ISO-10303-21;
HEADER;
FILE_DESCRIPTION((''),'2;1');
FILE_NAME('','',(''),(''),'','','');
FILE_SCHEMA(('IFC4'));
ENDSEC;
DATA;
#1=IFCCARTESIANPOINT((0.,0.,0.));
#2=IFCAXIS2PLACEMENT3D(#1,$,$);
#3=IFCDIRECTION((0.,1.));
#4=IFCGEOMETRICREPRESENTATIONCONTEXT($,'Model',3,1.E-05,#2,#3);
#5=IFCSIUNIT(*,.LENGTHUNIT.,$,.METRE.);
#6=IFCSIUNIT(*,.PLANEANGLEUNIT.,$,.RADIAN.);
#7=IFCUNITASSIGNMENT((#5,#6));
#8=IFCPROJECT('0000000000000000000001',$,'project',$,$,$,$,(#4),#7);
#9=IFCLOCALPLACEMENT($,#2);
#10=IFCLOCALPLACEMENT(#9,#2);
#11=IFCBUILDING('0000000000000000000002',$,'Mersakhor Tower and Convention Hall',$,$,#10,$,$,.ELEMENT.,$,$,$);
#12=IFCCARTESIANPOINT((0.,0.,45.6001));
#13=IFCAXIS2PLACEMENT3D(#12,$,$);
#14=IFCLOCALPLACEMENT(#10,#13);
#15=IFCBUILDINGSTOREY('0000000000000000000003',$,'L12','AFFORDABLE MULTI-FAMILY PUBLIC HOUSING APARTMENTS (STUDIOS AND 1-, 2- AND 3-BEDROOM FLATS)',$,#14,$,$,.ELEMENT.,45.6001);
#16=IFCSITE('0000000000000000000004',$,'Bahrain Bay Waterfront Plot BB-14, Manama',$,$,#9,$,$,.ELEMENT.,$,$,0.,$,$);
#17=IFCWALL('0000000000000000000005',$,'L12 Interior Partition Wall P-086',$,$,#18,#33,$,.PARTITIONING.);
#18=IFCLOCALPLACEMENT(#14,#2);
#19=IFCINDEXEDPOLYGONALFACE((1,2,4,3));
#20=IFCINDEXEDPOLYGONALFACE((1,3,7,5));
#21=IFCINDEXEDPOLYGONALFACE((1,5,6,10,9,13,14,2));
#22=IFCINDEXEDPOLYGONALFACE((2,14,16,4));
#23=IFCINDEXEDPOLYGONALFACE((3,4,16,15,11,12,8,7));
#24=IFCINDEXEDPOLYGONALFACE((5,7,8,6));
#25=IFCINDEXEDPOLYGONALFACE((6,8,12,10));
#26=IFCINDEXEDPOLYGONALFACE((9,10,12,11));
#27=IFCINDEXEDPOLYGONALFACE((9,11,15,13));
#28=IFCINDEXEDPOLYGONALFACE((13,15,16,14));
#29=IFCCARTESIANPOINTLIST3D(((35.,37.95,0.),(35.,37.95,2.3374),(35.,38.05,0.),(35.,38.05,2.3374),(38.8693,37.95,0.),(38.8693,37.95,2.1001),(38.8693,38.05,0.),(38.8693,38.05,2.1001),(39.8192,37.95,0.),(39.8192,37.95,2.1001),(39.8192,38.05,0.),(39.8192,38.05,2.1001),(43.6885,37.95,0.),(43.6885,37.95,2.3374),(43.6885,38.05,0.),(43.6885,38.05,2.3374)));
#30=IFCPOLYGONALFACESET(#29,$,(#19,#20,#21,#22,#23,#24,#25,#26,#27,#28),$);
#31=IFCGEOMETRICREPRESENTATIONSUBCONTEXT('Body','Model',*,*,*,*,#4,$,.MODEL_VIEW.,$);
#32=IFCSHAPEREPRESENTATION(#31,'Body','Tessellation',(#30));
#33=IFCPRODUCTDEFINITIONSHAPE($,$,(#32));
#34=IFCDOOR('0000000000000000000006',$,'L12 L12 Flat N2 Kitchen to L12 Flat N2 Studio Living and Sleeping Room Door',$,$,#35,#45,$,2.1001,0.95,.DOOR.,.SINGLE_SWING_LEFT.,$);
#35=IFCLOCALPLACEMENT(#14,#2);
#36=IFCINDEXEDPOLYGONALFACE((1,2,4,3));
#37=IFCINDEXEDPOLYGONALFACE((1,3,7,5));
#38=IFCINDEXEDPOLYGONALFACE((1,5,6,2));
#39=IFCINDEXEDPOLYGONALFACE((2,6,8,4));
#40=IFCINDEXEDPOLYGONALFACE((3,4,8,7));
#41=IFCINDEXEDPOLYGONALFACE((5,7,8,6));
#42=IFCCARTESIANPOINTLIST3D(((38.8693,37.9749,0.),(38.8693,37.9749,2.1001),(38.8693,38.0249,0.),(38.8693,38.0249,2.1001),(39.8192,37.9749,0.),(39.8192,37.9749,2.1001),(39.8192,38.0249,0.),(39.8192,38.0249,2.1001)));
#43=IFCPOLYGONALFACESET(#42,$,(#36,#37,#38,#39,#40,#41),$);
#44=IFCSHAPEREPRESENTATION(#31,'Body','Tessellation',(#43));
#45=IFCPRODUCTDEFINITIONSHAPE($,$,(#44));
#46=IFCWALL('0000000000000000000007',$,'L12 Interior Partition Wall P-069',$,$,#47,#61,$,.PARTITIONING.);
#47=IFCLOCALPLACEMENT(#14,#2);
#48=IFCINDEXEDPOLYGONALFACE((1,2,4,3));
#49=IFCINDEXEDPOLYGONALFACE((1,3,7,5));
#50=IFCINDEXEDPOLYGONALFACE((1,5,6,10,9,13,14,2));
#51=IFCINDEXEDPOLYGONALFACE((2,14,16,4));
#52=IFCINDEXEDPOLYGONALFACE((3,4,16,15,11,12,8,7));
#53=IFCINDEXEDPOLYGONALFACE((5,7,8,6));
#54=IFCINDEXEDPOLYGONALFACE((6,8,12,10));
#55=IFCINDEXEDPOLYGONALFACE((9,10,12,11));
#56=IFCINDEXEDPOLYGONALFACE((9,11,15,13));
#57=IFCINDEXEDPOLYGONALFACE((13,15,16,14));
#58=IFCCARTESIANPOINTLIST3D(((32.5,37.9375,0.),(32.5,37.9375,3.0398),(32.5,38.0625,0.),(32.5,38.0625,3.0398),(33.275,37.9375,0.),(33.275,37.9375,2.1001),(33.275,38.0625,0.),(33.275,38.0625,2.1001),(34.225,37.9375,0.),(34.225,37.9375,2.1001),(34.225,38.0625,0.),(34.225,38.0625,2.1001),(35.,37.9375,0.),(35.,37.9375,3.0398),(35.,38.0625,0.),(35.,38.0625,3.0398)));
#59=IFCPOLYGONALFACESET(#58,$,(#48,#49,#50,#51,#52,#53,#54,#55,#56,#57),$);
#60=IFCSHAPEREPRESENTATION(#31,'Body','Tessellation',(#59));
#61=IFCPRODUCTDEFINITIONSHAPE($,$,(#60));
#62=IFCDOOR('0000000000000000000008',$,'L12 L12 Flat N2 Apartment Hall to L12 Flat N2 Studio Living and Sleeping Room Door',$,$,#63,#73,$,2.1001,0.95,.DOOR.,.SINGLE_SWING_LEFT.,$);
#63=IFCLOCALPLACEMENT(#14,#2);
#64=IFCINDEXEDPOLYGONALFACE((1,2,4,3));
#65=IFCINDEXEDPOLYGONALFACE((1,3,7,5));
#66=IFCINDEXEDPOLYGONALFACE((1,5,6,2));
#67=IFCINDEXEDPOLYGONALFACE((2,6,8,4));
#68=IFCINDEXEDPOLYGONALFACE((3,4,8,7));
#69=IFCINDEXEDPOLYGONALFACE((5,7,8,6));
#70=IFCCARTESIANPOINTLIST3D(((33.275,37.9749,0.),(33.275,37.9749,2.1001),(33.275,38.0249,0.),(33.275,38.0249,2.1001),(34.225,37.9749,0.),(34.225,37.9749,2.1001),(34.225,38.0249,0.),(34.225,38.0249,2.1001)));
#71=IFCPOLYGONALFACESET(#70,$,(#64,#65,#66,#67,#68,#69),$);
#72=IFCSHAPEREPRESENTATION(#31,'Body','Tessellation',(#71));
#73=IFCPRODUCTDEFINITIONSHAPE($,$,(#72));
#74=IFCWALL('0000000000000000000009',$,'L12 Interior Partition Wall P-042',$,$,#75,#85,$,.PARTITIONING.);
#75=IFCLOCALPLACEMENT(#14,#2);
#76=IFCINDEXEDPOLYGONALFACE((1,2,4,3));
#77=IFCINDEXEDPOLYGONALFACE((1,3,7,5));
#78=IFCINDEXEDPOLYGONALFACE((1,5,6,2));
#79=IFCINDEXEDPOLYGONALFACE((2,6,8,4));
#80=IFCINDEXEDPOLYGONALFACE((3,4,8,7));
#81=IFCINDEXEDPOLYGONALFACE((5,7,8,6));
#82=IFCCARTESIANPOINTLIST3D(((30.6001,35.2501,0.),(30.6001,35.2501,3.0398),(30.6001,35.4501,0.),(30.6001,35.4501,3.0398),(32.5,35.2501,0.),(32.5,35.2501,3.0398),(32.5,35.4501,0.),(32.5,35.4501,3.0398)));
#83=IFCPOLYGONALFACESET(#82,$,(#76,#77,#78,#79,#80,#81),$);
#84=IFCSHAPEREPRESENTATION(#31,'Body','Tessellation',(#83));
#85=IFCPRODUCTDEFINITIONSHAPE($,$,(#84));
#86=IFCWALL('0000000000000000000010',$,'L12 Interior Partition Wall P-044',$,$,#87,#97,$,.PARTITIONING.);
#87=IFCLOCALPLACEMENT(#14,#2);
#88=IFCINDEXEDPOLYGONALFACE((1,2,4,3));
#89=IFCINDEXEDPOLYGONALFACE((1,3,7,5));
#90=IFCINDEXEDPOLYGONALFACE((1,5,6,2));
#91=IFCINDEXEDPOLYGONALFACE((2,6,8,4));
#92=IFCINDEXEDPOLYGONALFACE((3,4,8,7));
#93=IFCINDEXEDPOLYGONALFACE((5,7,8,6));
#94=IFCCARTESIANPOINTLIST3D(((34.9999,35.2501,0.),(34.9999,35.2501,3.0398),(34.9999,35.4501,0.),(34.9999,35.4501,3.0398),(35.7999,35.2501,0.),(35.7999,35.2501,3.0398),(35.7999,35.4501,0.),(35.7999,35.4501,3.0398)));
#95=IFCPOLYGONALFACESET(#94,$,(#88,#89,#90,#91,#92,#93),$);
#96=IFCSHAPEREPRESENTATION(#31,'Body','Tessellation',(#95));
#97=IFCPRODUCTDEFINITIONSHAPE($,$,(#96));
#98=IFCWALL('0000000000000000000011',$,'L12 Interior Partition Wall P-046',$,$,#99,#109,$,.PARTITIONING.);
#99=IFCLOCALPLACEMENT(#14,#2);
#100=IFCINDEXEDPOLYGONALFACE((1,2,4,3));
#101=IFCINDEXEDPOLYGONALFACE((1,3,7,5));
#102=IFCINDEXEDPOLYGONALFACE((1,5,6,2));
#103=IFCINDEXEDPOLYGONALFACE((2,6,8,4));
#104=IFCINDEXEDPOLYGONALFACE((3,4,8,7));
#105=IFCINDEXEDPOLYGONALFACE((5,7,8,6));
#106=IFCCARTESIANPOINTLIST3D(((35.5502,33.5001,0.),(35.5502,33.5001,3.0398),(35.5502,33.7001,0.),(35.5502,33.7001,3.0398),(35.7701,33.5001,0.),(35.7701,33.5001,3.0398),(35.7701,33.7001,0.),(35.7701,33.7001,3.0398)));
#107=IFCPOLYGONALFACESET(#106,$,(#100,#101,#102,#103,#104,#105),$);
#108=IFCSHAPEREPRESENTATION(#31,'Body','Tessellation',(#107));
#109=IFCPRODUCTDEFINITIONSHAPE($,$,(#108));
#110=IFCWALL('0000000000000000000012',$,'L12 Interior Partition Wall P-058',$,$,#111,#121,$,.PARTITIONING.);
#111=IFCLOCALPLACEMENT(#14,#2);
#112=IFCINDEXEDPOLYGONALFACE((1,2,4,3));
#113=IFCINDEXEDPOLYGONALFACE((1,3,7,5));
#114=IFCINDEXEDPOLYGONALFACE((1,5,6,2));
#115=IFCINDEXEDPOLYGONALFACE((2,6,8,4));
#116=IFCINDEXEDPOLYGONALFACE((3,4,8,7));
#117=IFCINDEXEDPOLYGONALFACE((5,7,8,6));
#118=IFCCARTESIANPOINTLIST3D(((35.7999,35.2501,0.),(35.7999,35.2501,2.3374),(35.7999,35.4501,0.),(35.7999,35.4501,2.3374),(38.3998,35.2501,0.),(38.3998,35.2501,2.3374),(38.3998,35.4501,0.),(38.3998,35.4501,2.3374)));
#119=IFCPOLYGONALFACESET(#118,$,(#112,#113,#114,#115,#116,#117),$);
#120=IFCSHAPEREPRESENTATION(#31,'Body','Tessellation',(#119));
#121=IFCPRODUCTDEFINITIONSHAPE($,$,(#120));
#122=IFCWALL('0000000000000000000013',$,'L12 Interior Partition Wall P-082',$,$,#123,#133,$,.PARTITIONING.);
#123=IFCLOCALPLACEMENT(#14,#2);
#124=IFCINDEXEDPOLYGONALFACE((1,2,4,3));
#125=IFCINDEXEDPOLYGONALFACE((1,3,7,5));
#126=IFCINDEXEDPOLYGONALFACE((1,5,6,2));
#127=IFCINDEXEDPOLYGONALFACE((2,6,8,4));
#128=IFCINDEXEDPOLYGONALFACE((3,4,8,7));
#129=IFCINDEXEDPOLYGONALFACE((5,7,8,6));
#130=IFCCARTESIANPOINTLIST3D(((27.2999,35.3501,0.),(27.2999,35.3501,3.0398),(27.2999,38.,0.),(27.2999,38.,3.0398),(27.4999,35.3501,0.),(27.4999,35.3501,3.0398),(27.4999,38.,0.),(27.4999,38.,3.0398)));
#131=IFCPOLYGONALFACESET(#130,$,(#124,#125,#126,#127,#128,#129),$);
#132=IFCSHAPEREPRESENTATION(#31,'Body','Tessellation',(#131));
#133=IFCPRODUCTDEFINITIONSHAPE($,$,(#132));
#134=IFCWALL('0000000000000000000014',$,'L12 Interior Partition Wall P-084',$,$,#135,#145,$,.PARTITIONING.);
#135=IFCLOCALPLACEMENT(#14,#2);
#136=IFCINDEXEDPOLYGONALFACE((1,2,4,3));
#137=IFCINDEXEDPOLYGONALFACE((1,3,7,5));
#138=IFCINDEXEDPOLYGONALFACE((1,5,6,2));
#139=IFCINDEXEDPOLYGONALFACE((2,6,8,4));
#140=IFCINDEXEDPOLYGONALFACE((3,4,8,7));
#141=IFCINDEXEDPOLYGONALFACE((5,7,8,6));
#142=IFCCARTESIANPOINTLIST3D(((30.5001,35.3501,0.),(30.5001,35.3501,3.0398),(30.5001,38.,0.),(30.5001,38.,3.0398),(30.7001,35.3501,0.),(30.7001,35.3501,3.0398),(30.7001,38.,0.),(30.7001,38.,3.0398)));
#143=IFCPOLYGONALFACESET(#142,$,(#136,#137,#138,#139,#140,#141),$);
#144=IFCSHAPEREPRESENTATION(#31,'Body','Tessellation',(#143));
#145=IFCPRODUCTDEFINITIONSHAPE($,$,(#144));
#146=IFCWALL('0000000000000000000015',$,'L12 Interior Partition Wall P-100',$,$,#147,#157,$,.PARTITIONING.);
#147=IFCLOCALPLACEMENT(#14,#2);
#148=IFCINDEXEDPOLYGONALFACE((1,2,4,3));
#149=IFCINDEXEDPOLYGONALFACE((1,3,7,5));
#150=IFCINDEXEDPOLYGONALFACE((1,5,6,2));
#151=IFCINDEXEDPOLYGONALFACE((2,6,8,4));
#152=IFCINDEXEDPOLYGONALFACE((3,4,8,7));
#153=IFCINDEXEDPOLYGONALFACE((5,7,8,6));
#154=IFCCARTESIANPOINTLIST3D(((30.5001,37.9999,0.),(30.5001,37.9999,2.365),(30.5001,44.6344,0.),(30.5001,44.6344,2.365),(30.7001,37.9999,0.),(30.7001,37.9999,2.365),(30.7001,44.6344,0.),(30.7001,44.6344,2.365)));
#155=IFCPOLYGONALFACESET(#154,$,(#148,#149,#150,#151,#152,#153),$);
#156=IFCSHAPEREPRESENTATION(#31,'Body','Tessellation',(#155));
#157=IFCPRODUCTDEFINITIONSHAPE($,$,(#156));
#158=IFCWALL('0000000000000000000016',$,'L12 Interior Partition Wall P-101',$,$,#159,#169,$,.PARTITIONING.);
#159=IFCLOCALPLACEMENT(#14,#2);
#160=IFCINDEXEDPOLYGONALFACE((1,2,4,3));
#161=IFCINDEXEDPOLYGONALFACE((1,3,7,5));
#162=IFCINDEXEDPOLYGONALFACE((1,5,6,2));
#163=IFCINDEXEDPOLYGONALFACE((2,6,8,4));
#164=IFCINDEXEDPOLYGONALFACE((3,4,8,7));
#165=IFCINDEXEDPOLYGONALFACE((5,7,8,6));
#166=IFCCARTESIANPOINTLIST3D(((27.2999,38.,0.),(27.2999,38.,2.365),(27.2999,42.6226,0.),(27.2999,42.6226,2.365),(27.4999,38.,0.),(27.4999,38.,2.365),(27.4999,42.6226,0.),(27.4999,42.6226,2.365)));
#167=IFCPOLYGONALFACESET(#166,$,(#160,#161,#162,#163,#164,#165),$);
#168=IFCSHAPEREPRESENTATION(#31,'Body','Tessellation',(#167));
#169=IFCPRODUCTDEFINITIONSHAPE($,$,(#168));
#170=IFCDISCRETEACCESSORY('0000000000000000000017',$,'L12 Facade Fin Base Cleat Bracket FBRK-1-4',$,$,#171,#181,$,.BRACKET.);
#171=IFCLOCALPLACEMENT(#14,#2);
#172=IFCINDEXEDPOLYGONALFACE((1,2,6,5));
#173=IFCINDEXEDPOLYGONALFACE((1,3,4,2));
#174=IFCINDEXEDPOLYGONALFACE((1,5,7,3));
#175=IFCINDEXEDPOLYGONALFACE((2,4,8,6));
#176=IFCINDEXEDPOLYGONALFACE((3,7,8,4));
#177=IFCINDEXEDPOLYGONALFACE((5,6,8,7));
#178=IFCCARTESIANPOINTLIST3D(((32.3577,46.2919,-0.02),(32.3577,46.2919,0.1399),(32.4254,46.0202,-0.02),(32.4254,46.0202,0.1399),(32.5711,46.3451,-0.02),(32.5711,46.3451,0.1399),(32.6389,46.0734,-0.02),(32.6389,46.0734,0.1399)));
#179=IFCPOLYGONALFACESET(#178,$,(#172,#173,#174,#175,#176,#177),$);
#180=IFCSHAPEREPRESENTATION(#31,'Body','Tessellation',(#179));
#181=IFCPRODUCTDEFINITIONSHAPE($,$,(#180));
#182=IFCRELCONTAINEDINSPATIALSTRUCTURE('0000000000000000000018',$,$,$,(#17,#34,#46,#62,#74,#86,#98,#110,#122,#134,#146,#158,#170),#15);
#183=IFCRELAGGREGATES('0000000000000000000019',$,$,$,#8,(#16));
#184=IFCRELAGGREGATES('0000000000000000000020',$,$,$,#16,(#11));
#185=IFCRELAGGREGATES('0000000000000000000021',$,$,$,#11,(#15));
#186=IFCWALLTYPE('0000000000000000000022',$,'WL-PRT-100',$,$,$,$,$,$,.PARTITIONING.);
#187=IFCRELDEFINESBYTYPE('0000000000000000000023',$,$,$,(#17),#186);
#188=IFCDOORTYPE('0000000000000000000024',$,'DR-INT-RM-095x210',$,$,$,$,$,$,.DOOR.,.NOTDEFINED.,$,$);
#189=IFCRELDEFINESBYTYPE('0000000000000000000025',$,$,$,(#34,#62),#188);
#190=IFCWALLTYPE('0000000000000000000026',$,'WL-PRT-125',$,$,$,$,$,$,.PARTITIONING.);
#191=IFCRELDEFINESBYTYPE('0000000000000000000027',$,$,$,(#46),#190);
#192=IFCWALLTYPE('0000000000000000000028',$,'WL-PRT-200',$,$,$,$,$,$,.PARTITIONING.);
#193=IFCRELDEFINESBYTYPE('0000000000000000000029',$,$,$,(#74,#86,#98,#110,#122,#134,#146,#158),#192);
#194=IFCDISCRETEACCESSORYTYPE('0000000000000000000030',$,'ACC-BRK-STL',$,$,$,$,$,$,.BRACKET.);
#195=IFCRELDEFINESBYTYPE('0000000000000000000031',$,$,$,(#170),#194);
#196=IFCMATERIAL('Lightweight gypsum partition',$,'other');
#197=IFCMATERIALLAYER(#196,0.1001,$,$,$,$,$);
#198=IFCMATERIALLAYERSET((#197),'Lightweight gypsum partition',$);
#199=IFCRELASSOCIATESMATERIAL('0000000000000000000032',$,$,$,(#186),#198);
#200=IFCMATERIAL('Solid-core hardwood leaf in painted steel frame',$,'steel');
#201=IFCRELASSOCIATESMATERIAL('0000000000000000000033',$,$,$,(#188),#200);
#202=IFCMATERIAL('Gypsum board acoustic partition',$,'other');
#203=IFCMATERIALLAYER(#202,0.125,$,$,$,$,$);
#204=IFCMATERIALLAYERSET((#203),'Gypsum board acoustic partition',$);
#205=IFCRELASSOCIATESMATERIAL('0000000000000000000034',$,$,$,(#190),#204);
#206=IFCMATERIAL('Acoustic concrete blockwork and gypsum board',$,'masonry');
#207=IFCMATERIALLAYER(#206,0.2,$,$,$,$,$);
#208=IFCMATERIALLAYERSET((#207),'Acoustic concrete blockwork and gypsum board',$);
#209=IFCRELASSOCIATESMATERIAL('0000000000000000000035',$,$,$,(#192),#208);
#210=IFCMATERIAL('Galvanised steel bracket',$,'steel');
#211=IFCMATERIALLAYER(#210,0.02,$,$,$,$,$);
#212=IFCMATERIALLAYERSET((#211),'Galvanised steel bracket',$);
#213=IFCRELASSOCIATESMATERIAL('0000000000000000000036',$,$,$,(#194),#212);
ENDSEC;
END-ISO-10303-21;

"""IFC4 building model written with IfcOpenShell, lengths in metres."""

from ifc_helpers import new_model, si_unit, direction, frame, frame_2d, origin, origin_2d, place, context, subcontext, project, spatial, rectangle, extrude, material, layer, layer_set, type_object, element, fill, save


model = new_model("IFC4")

# Units and contexts
model_context = context("Model", 3, precision=1e-05, world=origin(), true_north=direction((0.0, 1.0)))
body_context = subcontext(model_context, "Body", "Model", "MODEL_VIEW")
ifc_project = project(units=[si_unit("LENGTHUNIT", "METRE"), si_unit("PLANEANGLEUNIT", "RADIAN")], contexts=[model_context])

# Site, building, storey
site_placement = place(None, origin())
site = spatial("IfcSite", under=ifc_project, at=site_placement, Name="Bahrain Bay Waterfront Plot BB-14, Manama", CompositionType="ELEMENT", RefElevation=0.0)
building_placement = place(site_placement, origin())
building = spatial("IfcBuilding", under=site, at=building_placement, Name="Mersakhor Tower and Convention Hall", CompositionType="ELEMENT")
storey_placement = place(building_placement, frame((0.0, 0.0, 45.6001)))
storey = spatial("IfcBuildingStorey", under=building, at=storey_placement, Name="L12", Description="AFFORDABLE MULTI-FAMILY PUBLIC HOUSING APARTMENTS (STUDIOS AND 1-, 2- AND 3-BEDROOM FLATS)", CompositionType="ELEMENT", Elevation=45.6001)

# Walls, openings, doors
ifc_material_1 = material(Name="Lightweight gypsum partition", Category="other")
ifc_layer_1 = layer(ifc_material_1, 0.1001)
ifc_layer_set_1 = layer_set([ifc_layer_1], Name="Lightweight gypsum partition")
wall_type_1 = type_object("IfcWallType", Name="WL-PRT-100", PredefinedType="PARTITIONING", material=ifc_layer_set_1)
ifc_material_2 = material(Name="Solid-core hardwood leaf in painted steel frame", Category="steel")
door_type_1 = type_object("IfcDoorType", Name="DR-INT-RM-095x210", OperationType="NOTDEFINED", PredefinedType="DOOR", material=ifc_material_2)
wall_1_placement = place(storey_placement, frame((35.0, 38.0, 0.0), z_axis=(0.0, 0.0, 1.0), x_axis=(1.0, 0.0, 0.0)))
wall_1 = element("IfcWall", 1, at=wall_1_placement, inside=storey, type_object=wall_type_1, Name="L12 Interior Partition Wall P-086", PredefinedType="PARTITIONING", context=body_context, shape_type="SweptSolid", body=[
    extrude(rectangle(XDim=8.6885, YDim=0.1001, at=frame_2d((4.3442, 0.0))), origin(), (0.0, 0.0, 1.0), 2.3374),
])
opening_1_placement = place(wall_1_placement, frame((3.8691, 0.0, 0.0)))
opening_1 = element("IfcOpeningElement", 2, at=opening_1_placement, cuts=wall_1, PredefinedType="OPENING", context=body_context, shape_type="SweptSolid", body=[
    extrude(rectangle(XDim=0.95, YDim=2.1001, at=frame_2d((0.4751, 1.05))), frame((0.0, 0.0601, 0.0), z_axis=(0.0, -1.0, 0.0), x_axis=(1.0, 0.0, 0.0)), (0.0, 0.0, 1.0), 0.1201),
])
door_1_placement = place(opening_1_placement, origin())
door_1 = element("IfcDoor", 3, at=door_1_placement, inside=storey, type_object=door_type_1, Name="L12 L12 Flat N2 Kitchen to L12 Flat N2 Studio Living and Sleeping Room Door", OperationType="SINGLE_SWING_LEFT", OverallHeight=2.1001, OverallWidth=0.95, PredefinedType="DOOR", context=body_context, shape_type="SweptSolid", body=[
    extrude(rectangle(XDim=0.95, YDim=2.1001, at=frame_2d((0.4751, 1.05))), frame((0.0, 0.0249, 0.0), z_axis=(0.0, -1.0, 0.0), x_axis=(1.0, 0.0, 0.0)), (0.0, 0.0, 1.0), 0.05),
])
fill(opening_1, door_1)
ifc_material_3 = material(Name="Gypsum board acoustic partition", Category="other")
ifc_layer_2 = layer(ifc_material_3, 0.125)
ifc_layer_set_2 = layer_set([ifc_layer_2], Name="Gypsum board acoustic partition")
wall_type_2 = type_object("IfcWallType", Name="WL-PRT-125", PredefinedType="PARTITIONING", material=ifc_layer_set_2)
wall_2_placement = place(storey_placement, frame((32.5, 38.0, 0.0), z_axis=(0.0, 0.0, 1.0), x_axis=(1.0, 0.0, 0.0)))
wall_2 = element("IfcWall", 4, at=wall_2_placement, inside=storey, type_object=wall_type_2, Name="L12 Interior Partition Wall P-069", PredefinedType="PARTITIONING", context=body_context, shape_type="SweptSolid", body=[
    extrude(rectangle(XDim=2.5, YDim=0.125, at=frame_2d((1.25, 0.0))), origin(), (0.0, 0.0, 1.0), 3.0398),
])
opening_2_placement = place(wall_2_placement, frame((0.7749, 0.0, 0.0)))
opening_2 = element("IfcOpeningElement", 5, at=opening_2_placement, cuts=wall_2, PredefinedType="OPENING", context=body_context, shape_type="SweptSolid", body=[
    extrude(rectangle(XDim=0.95, YDim=2.1001, at=frame_2d((0.4751, 1.05))), frame((0.0, 0.0725, 0.0), z_axis=(0.0, -1.0, 0.0), x_axis=(1.0, 0.0, 0.0)), (0.0, 0.0, 1.0), 0.145),
])
door_2_placement = place(opening_2_placement, origin())
door_2 = element("IfcDoor", 6, at=door_2_placement, inside=storey, type_object=door_type_1, Name="L12 L12 Flat N2 Apartment Hall to L12 Flat N2 Studio Living and Sleeping Room Door", OperationType="SINGLE_SWING_LEFT", OverallHeight=2.1001, OverallWidth=0.95, PredefinedType="DOOR", context=body_context, shape_type="SweptSolid", body=[
    extrude(rectangle(XDim=0.95, YDim=2.1001, at=frame_2d((0.4751, 1.05))), frame((0.0, 0.0249, 0.0), z_axis=(0.0, -1.0, 0.0), x_axis=(1.0, 0.0, 0.0)), (0.0, 0.0, 1.0), 0.05),
])
fill(opening_2, door_2)
ifc_material_4 = material(Name="Acoustic concrete blockwork and gypsum board", Category="masonry")
ifc_layer_3 = layer(ifc_material_4, 0.2)
ifc_layer_set_3 = layer_set([ifc_layer_3], Name="Acoustic concrete blockwork and gypsum board")
wall_type_3 = type_object("IfcWallType", Name="WL-PRT-200", PredefinedType="PARTITIONING", material=ifc_layer_set_3)

# Wall
wall_3_placement = place(storey_placement, frame((30.6001, 35.3501, 0.0), z_axis=(0.0, 0.0, 1.0), x_axis=(1.0, 0.0, 0.0)))
element("IfcWall", 7, at=wall_3_placement, inside=storey, type_object=wall_type_3, Name="L12 Interior Partition Wall P-042", PredefinedType="PARTITIONING", context=body_context, shape_type="SweptSolid", body=[
    extrude(rectangle(XDim=1.8999, YDim=0.2, at=frame_2d((0.95, 0.0))), origin(), (0.0, 0.0, 1.0), 3.0398),
])

# Wall
wall_4_placement = place(storey_placement, frame((35.0, 35.3501, 0.0), z_axis=(0.0, 0.0, 1.0), x_axis=(1.0, 0.0, 0.0)))
element("IfcWall", 8, at=wall_4_placement, inside=storey, type_object=wall_type_3, Name="L12 Interior Partition Wall P-044", PredefinedType="PARTITIONING", context=body_context, shape_type="SweptSolid", body=[
    extrude(rectangle(XDim=0.8, YDim=0.2, at=frame_2d((0.3999, 0.0))), origin(), (0.0, 0.0, 1.0), 3.0398),
])

# Walls
wall_5_placement = place(storey_placement, frame((35.77, 33.6001, 0.0), z_axis=(0.0, 0.0, 1.0), x_axis=(-1.0, 0.0, 0.0)))
element("IfcWall", 9, at=wall_5_placement, inside=storey, type_object=wall_type_3, Name="L12 Interior Partition Wall P-046", PredefinedType="PARTITIONING", context=body_context, shape_type="SweptSolid", body=[
    extrude(rectangle(XDim=0.22, YDim=0.2, at=frame_2d((0.1099, 0.0))), origin(), (0.0, 0.0, 1.0), 3.0398),
])
wall_6_placement = place(storey_placement, frame((35.8, 35.3501, 0.0), z_axis=(0.0, 0.0, 1.0), x_axis=(1.0, 0.0, 0.0)))
element("IfcWall", 10, at=wall_6_placement, inside=storey, type_object=wall_type_3, Name="L12 Interior Partition Wall P-058", PredefinedType="PARTITIONING", context=body_context, shape_type="SweptSolid", body=[
    extrude(rectangle(XDim=2.5999, YDim=0.2, at=frame_2d((1.2998, 0.0))), origin(), (0.0, 0.0, 1.0), 2.3374),
])
for number, where, z_axis, x_axis, name in (
    (11, (27.3999, 38.0, 0.0), (0.0, 0.0, 1.0), (0.0, -1.0, 0.0), "L12 Interior Partition Wall P-082"),
    (12, (30.6001, 35.3501, 0.0), (0.0, 0.0, 1.0), (0.0, 1.0, 0.0), "L12 Interior Partition Wall P-084"),
):
    element("IfcWall", number, at=place(storey_placement, frame(where, z_axis=z_axis, x_axis=x_axis)), inside=storey, type_object=wall_type_3, Name=name, PredefinedType="PARTITIONING", context=body_context, shape_type="SweptSolid", body=[
        extrude(rectangle(XDim=2.6499, YDim=0.2, at=frame_2d((1.325, 0.0))), origin(), (0.0, 0.0, 1.0), 3.0398),
    ])
wall_7_placement = place(storey_placement, frame((30.6001, 44.6345, 0.0), z_axis=(0.0, 0.0, 1.0), x_axis=(0.0, -1.0, 0.0)))
element("IfcWall", 13, at=wall_7_placement, inside=storey, type_object=wall_type_3, Name="L12 Interior Partition Wall P-100", PredefinedType="PARTITIONING", context=body_context, shape_type="SweptSolid", body=[
    extrude(rectangle(XDim=6.6345, YDim=0.2, at=frame_2d((3.3174, 0.0))), origin(), (0.0, 0.0, 1.0), 2.365),
])
wall_8_placement = place(storey_placement, frame((27.3999, 38.0, 0.0), z_axis=(0.0, 0.0, 1.0), x_axis=(0.0, 1.0, 0.0)))
element("IfcWall", 14, at=wall_8_placement, inside=storey, type_object=wall_type_3, Name="L12 Interior Partition Wall P-101", PredefinedType="PARTITIONING", context=body_context, shape_type="SweptSolid", body=[
    extrude(rectangle(XDim=4.6226, YDim=0.2, at=frame_2d((2.3113, 0.0))), origin(), (0.0, 0.0, 1.0), 2.365),
])

# Discrete accessory
ifc_material_5 = material(Name="Galvanised steel bracket", Category="steel")
ifc_layer_4 = layer(ifc_material_5, 0.02)
ifc_layer_set_4 = layer_set([ifc_layer_4], Name="Galvanised steel bracket")
discrete_accessory_type = type_object("IfcDiscreteAccessoryType", Name="ACC-BRK-STL", PredefinedType="BRACKET", material=ifc_layer_set_4)
discrete_accessory_placement = place(storey_placement, frame((32.4983, 46.1826, -0.02), z_axis=(0.0, 0.0, 1.0), x_axis=(-0.241922, 0.970296, 0.0)))
element("IfcDiscreteAccessory", 15, at=discrete_accessory_placement, inside=storey, type_object=discrete_accessory_type, Name="L12 Facade Fin Base Cleat Bracket FBRK-1-4", PredefinedType="BRACKET", context=body_context, shape_type="SweptSolid", body=[
    extrude(rectangle(XDim=0.28, YDim=0.22, at=origin_2d()), origin(), (0.0, 0.0, 1.0), 0.1599),
])

save(model, "model.ifc")
